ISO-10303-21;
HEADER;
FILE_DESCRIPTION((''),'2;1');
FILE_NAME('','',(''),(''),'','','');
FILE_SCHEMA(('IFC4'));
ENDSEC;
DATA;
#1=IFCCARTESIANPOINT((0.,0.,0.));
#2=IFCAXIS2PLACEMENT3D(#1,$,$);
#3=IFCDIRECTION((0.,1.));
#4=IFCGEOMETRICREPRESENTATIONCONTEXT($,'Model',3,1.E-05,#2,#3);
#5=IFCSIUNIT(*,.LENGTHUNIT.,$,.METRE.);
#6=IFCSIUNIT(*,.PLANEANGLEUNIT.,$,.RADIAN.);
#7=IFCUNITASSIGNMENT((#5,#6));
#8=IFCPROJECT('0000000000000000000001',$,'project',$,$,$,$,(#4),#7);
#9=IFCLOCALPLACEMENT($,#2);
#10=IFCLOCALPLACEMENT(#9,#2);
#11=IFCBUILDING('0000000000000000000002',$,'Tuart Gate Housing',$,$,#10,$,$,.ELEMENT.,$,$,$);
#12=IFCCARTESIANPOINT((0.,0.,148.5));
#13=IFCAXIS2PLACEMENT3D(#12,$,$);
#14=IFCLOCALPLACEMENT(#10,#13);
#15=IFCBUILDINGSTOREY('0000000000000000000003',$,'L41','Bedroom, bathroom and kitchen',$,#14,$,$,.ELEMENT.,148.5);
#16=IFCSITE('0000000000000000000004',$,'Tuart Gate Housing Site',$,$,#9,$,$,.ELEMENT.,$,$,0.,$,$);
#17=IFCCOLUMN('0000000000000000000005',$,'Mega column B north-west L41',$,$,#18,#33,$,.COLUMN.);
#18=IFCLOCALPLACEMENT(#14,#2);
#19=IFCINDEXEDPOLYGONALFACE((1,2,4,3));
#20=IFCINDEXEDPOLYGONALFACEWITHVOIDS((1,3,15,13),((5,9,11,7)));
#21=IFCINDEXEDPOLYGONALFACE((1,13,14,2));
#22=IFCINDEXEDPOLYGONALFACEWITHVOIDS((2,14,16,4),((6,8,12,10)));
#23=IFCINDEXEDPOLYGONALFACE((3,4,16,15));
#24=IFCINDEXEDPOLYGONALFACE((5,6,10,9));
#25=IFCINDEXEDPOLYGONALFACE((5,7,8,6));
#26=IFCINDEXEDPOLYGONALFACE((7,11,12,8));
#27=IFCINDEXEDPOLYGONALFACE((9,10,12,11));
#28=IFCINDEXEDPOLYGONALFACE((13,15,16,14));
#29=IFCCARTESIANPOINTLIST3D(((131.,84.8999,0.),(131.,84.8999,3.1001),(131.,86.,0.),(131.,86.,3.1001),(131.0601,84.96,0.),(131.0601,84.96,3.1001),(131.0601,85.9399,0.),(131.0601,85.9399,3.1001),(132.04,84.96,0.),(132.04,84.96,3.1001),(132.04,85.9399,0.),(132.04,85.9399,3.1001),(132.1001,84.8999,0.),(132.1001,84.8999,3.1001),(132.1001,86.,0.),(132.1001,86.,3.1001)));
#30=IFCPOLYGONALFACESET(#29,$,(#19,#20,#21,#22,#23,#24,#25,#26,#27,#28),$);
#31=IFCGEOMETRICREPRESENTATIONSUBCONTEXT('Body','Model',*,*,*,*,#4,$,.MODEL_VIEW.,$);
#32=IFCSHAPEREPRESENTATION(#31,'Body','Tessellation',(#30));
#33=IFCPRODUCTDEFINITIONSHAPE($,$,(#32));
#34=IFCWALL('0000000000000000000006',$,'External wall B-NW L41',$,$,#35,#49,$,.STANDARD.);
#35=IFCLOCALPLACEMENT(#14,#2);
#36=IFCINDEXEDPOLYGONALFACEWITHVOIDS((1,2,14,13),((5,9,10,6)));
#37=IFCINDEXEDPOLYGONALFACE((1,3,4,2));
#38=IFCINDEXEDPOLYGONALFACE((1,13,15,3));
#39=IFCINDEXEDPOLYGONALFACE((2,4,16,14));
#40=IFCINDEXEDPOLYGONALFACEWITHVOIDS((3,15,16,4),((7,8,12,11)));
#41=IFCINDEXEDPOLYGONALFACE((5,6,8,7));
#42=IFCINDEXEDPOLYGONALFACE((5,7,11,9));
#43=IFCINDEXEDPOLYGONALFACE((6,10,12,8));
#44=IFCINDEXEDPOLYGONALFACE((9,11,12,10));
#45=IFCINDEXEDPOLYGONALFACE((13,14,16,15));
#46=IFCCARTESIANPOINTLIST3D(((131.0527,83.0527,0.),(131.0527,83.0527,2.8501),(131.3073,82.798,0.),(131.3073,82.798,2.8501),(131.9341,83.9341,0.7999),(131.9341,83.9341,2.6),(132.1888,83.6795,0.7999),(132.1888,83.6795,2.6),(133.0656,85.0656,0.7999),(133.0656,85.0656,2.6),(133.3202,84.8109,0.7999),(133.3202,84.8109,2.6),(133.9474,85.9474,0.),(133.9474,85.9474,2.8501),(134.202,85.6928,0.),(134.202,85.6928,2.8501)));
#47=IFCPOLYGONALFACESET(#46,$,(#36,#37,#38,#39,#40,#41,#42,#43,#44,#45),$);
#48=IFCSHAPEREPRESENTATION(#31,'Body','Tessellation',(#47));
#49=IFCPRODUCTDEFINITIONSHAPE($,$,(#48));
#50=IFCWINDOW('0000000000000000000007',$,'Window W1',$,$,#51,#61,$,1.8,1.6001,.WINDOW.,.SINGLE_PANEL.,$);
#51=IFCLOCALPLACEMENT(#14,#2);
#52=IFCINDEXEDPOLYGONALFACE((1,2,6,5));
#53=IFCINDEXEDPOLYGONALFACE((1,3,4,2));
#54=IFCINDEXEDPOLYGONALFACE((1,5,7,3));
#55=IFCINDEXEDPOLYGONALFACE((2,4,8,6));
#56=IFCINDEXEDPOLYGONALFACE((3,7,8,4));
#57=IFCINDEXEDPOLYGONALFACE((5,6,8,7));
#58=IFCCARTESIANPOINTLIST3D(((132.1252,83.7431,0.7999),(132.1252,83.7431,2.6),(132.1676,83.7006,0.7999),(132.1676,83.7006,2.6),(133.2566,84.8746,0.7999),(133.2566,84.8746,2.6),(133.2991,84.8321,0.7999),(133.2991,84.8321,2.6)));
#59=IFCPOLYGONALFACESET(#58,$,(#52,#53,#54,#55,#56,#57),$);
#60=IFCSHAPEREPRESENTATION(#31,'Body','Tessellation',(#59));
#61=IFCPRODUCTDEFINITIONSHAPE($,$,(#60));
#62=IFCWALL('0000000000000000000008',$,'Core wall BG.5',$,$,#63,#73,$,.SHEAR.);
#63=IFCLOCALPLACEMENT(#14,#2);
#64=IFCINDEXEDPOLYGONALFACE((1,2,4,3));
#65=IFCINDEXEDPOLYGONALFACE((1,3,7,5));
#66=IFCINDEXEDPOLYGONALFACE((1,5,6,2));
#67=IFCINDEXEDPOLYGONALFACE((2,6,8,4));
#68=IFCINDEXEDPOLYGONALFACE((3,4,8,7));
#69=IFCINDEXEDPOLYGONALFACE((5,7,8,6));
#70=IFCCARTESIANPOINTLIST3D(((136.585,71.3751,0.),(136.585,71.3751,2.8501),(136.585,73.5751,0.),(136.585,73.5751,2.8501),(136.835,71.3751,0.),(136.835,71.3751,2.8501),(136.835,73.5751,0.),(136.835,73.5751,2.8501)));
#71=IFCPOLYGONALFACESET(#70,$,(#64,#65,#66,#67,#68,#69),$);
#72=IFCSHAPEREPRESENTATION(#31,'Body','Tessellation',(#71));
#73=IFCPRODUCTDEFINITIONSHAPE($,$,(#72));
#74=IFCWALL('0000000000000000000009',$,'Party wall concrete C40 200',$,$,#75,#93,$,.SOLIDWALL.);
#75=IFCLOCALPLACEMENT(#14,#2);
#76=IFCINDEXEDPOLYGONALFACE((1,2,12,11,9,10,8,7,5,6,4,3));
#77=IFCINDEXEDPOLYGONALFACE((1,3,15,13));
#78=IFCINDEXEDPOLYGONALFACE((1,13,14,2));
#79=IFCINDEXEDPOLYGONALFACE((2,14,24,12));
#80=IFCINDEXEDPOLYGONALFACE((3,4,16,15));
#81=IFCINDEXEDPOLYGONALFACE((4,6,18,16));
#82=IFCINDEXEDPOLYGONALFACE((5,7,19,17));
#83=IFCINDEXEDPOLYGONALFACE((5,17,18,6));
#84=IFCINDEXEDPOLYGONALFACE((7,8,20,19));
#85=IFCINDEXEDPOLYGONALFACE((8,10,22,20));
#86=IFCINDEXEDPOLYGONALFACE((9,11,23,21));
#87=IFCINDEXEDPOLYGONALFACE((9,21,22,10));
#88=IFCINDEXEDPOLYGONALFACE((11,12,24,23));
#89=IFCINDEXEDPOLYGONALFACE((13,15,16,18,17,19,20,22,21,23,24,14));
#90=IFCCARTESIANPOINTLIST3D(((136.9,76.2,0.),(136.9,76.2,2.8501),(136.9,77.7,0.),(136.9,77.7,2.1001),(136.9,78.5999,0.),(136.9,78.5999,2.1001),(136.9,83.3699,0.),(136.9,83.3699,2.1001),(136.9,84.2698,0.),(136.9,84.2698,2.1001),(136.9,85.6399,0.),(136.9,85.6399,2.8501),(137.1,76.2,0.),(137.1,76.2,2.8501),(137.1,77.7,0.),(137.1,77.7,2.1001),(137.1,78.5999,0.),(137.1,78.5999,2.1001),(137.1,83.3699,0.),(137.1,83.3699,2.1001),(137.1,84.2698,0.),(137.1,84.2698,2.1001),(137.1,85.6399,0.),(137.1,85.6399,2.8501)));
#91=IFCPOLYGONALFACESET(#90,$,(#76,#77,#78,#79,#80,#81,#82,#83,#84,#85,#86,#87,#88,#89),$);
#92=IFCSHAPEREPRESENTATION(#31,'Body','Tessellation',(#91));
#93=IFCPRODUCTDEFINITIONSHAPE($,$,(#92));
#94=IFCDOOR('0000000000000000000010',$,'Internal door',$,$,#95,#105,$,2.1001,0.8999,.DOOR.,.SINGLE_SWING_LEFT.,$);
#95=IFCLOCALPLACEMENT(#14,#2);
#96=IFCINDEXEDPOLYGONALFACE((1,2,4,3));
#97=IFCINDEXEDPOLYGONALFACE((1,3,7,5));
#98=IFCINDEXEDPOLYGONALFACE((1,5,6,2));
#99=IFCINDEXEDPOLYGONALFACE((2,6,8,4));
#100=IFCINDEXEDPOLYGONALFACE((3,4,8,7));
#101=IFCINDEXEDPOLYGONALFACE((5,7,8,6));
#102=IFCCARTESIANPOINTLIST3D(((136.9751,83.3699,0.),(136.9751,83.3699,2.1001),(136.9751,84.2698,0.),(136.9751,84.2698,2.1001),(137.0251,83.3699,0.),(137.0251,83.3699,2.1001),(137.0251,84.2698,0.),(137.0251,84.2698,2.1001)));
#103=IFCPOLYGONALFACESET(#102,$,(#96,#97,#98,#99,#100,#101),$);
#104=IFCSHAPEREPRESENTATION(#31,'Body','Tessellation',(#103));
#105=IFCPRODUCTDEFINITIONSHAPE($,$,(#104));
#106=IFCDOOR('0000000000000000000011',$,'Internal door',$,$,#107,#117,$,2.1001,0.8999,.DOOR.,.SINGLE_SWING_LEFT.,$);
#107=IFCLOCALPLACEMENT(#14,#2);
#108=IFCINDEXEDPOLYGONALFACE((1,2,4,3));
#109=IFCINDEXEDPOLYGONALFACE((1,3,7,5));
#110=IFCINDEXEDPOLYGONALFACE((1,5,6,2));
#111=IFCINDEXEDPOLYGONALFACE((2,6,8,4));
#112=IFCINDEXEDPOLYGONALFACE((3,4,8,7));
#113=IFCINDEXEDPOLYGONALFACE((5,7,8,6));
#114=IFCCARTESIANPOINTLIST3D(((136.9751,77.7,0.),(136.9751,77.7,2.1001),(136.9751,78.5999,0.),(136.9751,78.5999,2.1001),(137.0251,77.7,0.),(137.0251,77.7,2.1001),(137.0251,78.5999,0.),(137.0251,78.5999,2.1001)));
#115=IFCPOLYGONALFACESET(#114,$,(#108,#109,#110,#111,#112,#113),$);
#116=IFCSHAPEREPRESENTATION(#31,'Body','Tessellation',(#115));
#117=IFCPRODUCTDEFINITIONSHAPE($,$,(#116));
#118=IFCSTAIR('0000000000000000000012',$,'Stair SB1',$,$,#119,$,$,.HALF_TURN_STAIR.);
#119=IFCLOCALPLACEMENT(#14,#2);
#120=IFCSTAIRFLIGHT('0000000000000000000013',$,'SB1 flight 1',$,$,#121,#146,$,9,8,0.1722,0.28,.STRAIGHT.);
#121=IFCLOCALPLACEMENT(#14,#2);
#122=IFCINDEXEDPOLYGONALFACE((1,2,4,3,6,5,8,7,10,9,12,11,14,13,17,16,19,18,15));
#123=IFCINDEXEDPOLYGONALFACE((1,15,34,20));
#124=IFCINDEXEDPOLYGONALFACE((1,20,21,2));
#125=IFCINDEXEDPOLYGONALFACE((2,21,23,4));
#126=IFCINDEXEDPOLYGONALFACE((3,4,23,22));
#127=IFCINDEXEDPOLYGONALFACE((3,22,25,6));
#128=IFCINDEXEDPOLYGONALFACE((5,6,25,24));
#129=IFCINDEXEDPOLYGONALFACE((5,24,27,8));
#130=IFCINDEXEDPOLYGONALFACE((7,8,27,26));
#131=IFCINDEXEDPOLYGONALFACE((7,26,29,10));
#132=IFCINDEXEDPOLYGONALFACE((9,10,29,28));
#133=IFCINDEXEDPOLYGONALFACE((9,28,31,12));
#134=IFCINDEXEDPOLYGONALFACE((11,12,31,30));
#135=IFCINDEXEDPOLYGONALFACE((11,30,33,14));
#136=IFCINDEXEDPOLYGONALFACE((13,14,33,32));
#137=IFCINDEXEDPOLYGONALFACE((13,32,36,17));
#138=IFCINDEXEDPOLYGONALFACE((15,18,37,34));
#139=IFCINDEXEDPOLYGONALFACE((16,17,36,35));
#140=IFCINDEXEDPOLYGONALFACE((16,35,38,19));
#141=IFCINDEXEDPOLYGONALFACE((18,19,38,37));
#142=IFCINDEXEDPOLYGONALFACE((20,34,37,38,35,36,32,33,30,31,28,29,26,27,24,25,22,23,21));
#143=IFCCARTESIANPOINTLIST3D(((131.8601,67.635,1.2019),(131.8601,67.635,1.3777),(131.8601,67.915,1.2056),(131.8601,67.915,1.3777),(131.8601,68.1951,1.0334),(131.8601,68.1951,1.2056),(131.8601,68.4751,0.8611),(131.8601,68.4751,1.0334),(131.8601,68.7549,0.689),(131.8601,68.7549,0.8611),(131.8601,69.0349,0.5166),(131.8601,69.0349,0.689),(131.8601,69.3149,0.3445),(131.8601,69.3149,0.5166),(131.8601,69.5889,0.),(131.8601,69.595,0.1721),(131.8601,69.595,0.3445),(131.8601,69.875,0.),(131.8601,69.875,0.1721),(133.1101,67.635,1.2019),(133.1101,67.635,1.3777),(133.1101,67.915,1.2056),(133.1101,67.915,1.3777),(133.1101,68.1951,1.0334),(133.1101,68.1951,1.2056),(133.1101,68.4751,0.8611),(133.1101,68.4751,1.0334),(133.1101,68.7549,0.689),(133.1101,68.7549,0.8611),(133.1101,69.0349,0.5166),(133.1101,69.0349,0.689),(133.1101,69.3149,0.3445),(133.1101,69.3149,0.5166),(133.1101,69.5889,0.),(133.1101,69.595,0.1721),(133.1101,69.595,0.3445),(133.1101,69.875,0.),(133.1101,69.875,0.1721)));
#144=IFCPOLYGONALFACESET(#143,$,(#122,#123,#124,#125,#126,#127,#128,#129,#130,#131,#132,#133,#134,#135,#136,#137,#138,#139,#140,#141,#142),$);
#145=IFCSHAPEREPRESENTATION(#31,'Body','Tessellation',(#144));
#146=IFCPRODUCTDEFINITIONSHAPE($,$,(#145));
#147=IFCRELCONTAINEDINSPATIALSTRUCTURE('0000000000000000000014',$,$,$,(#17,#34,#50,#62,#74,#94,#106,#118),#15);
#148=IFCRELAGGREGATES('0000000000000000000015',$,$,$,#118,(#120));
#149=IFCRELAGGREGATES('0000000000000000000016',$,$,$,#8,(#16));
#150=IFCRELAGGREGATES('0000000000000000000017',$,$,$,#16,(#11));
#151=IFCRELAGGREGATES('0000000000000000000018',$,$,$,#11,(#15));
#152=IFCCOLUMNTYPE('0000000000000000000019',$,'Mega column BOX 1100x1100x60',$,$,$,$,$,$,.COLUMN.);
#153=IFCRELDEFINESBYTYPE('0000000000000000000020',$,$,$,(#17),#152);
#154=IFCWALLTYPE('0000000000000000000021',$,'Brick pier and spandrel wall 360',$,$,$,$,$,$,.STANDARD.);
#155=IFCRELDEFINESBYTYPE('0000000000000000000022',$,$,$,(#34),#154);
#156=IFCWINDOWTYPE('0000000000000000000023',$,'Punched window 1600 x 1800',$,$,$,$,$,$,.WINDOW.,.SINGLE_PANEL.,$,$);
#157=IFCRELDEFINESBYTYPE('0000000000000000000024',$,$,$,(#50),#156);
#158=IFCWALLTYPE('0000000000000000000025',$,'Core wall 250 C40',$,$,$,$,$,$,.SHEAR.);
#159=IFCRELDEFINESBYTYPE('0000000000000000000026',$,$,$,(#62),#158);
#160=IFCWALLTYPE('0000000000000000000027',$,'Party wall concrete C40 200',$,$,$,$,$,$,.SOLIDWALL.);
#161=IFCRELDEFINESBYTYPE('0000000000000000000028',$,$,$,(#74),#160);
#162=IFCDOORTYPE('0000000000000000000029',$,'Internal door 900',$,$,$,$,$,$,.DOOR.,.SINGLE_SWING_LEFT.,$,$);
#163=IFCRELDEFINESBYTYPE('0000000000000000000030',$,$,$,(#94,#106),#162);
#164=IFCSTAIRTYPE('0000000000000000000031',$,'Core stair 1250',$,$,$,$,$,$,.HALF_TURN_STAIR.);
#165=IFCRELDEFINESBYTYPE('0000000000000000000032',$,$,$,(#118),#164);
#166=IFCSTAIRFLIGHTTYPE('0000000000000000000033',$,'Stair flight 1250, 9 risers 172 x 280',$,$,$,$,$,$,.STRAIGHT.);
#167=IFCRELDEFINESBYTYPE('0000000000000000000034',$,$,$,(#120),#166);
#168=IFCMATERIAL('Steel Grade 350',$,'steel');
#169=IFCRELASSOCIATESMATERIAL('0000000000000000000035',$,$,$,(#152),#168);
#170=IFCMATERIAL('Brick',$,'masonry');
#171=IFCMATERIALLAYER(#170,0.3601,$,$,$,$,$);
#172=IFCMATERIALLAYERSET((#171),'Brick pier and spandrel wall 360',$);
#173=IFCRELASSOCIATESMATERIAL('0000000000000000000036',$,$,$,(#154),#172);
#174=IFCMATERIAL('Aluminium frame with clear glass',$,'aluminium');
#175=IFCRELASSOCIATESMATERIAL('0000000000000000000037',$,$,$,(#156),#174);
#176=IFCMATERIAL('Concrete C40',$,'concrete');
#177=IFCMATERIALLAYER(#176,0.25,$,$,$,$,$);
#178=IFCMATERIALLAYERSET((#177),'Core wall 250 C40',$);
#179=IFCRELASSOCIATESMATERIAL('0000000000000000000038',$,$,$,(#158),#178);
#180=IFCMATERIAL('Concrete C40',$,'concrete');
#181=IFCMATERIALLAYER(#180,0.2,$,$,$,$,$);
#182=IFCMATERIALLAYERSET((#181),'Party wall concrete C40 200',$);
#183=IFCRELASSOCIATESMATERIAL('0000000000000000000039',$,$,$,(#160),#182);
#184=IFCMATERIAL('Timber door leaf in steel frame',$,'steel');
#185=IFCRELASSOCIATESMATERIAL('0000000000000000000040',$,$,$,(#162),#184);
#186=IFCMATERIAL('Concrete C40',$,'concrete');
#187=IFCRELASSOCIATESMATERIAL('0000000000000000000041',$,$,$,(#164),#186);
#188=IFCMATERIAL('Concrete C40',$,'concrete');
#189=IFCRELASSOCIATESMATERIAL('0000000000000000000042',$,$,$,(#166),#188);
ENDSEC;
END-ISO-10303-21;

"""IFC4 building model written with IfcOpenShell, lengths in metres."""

from ifc_helpers import new_model, si_unit, direction, frame, frame_2d, origin, origin_2d, place, context, subcontext, project, spatial, polyline, rectangle, hollow_rectangle, outline, extrude, material, layer, layer_set, material_profile, profile_set, type_object, element, fill, aggregate, save


model = new_model("IFC4")

# Units and contexts
model_context = context("Model", 3, precision=1e-05, world=origin(), true_north=direction((0.0, 1.0)))
body_context = subcontext(model_context, "Body", "Model", "MODEL_VIEW")
ifc_project = project(units=[si_unit("LENGTHUNIT", "METRE"), si_unit("PLANEANGLEUNIT", "RADIAN")], contexts=[model_context])

# Site, building, storey
site_placement = place(None, origin())
site = spatial("IfcSite", under=ifc_project, at=site_placement, Name="Tuart Gate Housing Site", CompositionType="ELEMENT", RefElevation=0.0)
building_placement = place(site_placement, origin())
building = spatial("IfcBuilding", under=site, at=building_placement, Name="Tuart Gate Housing", CompositionType="ELEMENT")
storey_placement = place(building_placement, frame((0.0, 0.0, 148.5)))
storey = spatial("IfcBuildingStorey", under=building, at=storey_placement, Name="L41", Description="Bedroom, bathroom and kitchen", CompositionType="ELEMENT", Elevation=148.5)

# Column
ifc_material_1 = material(Name="Steel Grade 350", Category="steel")
ifc_material_profile = material_profile(ifc_material_1, hollow_rectangle(XDim=1.1001, YDim=1.1001, WallThickness=0.0601, at=origin_2d()), Name="BOX 1100x1100x60")
ifc_profile_set = profile_set([ifc_material_profile], Name="Steel Grade 350")
column_type = type_object("IfcColumnType", Name="Mega column BOX 1100x1100x60", PredefinedType="COLUMN", material=ifc_profile_set)
column_placement = place(storey_placement, frame((131.55, 85.45, 0.0), z_axis=(0.0, 0.0, 1.0), x_axis=(1.0, 0.0, 0.0)))
element("IfcColumn", 1, at=column_placement, inside=storey, type_object=column_type, Name="Mega column B north-west L41", PredefinedType="COLUMN", context=body_context, shape_type="SweptSolid", body=[
    extrude(hollow_rectangle(XDim=1.1001, YDim=1.1001, WallThickness=0.0601, at=origin_2d()), origin(), (0.0, 0.0, 1.0), 3.1001),
])

# Wall, opening, window
ifc_material_2 = material(Name="Brick", Category="masonry")
ifc_layer_1 = layer(ifc_material_2, 0.3601)
ifc_layer_set_1 = layer_set([ifc_layer_1], Name="Brick pier and spandrel wall 360")
wall_type_1 = type_object("IfcWallType", Name="Brick pier and spandrel wall 360", PredefinedType="STANDARD", material=ifc_layer_set_1)
wall_1_placement = place(storey_placement, frame((134.0747, 85.8201, 0.0), z_axis=(0.0, 0.0, 1.0), x_axis=(-0.707107, -0.707107, 0.0)))
wall_1 = element("IfcWall", 2, at=wall_1_placement, inside=storey, type_object=wall_type_1, Name="External wall B-NW L41", PredefinedType="STANDARD", context=body_context, shape_type="SweptSolid", body=[
    extrude(rectangle(XDim=4.0938, YDim=0.3601, at=frame_2d((2.0469, 0.0))), origin(), (0.0, 0.0, 1.0), 2.8501),
])
opening_1_placement = place(wall_1_placement, frame((1.2471, 0.0, 0.8)))
opening_1 = element("IfcOpeningElement", 3, at=opening_1_placement, cuts=wall_1, PredefinedType="OPENING", context=body_context, shape_type="SweptSolid", body=[
    extrude(rectangle(XDim=1.6001, YDim=1.8, at=frame_2d((0.8, 0.8999))), frame((0.0, 0.1899, 0.0), z_axis=(0.0, -1.0, 0.0), x_axis=(1.0, 0.0, 0.0)), (0.0, 0.0, 1.0), 0.3801),
])
ifc_material_3 = material(Name="Aluminium frame with clear glass", Category="aluminium")
window_type = type_object("IfcWindowType", Name="Punched window 1600 x 1800", PartitioningType="SINGLE_PANEL", PredefinedType="WINDOW", material=ifc_material_3)
window_placement = place(opening_1_placement, origin())
window = element("IfcWindow", 4, at=window_placement, inside=storey, type_object=window_type, Name="Window W1", OverallHeight=1.8, OverallWidth=1.6001, PartitioningType="SINGLE_PANEL", PredefinedType="WINDOW", context=body_context, shape_type="SweptSolid", body=[
    extrude(rectangle(XDim=1.6001, YDim=1.8, at=frame_2d((0.8, 0.8999))), frame((0.0, 0.1501, 0.0), z_axis=(0.0, -1.0, 0.0), x_axis=(1.0, 0.0, 0.0)), (0.0, 0.0, 1.0), 0.0601),
])
fill(opening_1, window)

# Wall
ifc_material_4 = material(Name="Concrete C40", Category="concrete")
ifc_layer_2 = layer(ifc_material_4, 0.25)
ifc_layer_set_2 = layer_set([ifc_layer_2], Name="Core wall 250 C40")
wall_type_2 = type_object("IfcWallType", Name="Core wall 250 C40", PredefinedType="SHEAR", material=ifc_layer_set_2)
wall_2_placement = place(storey_placement, frame((136.71, 71.375, 0.0), z_axis=(0.0, 0.0, 1.0), x_axis=(0.0, 1.0, 0.0)))
element("IfcWall", 5, at=wall_2_placement, inside=storey, type_object=wall_type_2, Name="Core wall BG.5", PredefinedType="SHEAR", context=body_context, shape_type="SweptSolid", body=[
    extrude(rectangle(XDim=2.2, YDim=0.25, at=frame_2d((1.1001, 0.0))), origin(), (0.0, 0.0, 1.0), 2.8501),
])

# Wall, openings, doors
ifc_material_5 = material(Name="Concrete C40", Category="concrete")
ifc_layer_3 = layer(ifc_material_5, 0.2)
ifc_layer_set_3 = layer_set([ifc_layer_3], Name="Party wall concrete C40 200")
wall_type_3 = type_object("IfcWallType", Name="Party wall concrete C40 200", PredefinedType="SOLIDWALL", material=ifc_layer_set_3)
wall_3_placement = place(storey_placement, frame((137.0, 76.2, 0.0), z_axis=(0.0, 0.0, 1.0), x_axis=(0.0, 1.0, 0.0)))
wall_3 = element("IfcWall", 6, at=wall_3_placement, inside=storey, type_object=wall_type_3, Name="Party wall concrete C40 200", PredefinedType="SOLIDWALL", context=body_context, shape_type="SweptSolid", body=[
    extrude(rectangle(XDim=9.4399, YDim=0.2, at=frame_2d((4.72, 0.0))), origin(), (0.0, 0.0, 1.0), 2.8501),
])
opening_2_placement = place(wall_3_placement, frame((7.1699, 0.0, 0.0)))
opening_2 = element("IfcOpeningElement", 7, at=opening_2_placement, cuts=wall_3, PredefinedType="OPENING", context=body_context, shape_type="SweptSolid", body=[
    extrude(rectangle(XDim=0.8999, YDim=2.1001, at=frame_2d((0.45, 1.05))), frame((0.0, 0.1099, 0.0), z_axis=(0.0, -1.0, 0.0), x_axis=(1.0, 0.0, 0.0)), (0.0, 0.0, 1.0), 0.22),
])
opening_3_placement = place(wall_3_placement, frame((1.5, 0.0, 0.0)))
opening_3 = element("IfcOpeningElement", 8, at=opening_3_placement, cuts=wall_3, PredefinedType="OPENING", context=body_context, shape_type="SweptSolid", body=[
    extrude(rectangle(XDim=0.8999, YDim=2.1001, at=frame_2d((0.45, 1.05))), frame((0.0, 0.1099, 0.0), z_axis=(0.0, -1.0, 0.0), x_axis=(1.0, 0.0, 0.0)), (0.0, 0.0, 1.0), 0.22),
])
ifc_material_6 = material(Name="Timber door leaf in steel frame", Category="steel")
door_type = type_object("IfcDoorType", Name="Internal door 900", OperationType="SINGLE_SWING_LEFT", PredefinedType="DOOR", material=ifc_material_6)
door_1_placement = place(opening_2_placement, origin())
door_1 = element("IfcDoor", 9, at=door_1_placement, inside=storey, type_object=door_type, Name="Internal door", OperationType="SINGLE_SWING_LEFT", OverallHeight=2.1001, OverallWidth=0.8999, PredefinedType="DOOR", context=body_context, shape_type="SweptSolid", body=[
    extrude(rectangle(XDim=0.8999, YDim=2.1001, at=frame_2d((0.45, 1.05))), frame((0.0, 0.0249, 0.0), z_axis=(0.0, -1.0, 0.0), x_axis=(1.0, 0.0, 0.0)), (0.0, 0.0, 1.0), 0.05),
])
fill(opening_2, door_1)
door_2_placement = place(opening_3_placement, origin())
door_2 = element("IfcDoor", 10, at=door_2_placement, inside=storey, type_object=door_type, Name="Internal door", OperationType="SINGLE_SWING_LEFT", OverallHeight=2.1001, OverallWidth=0.8999, PredefinedType="DOOR", context=body_context, shape_type="SweptSolid", body=[
    extrude(rectangle(XDim=0.8999, YDim=2.1001, at=frame_2d((0.45, 1.05))), frame((0.0, 0.0249, 0.0), z_axis=(0.0, -1.0, 0.0), x_axis=(1.0, 0.0, 0.0)), (0.0, 0.0, 1.0), 0.05),
])
fill(opening_3, door_2)

# Stair, stair flight
ifc_material_7 = material(Name="Concrete C40", Category="concrete")
stair_type = type_object("IfcStairType", Name="Core stair 1250", PredefinedType="HALF_TURN_STAIR", material=ifc_material_7)
stair_placement = place(storey_placement, origin())
stair = element("IfcStair", 11, at=stair_placement, inside=storey, type_object=stair_type, Name="Stair SB1", PredefinedType="HALF_TURN_STAIR")
ifc_material_8 = material(Name="Concrete C40", Category="concrete")
stair_flight_type = type_object("IfcStairFlightType", Name="Stair flight 1250, 9 risers 172 x 280", PredefinedType="STRAIGHT", material=ifc_material_8)
stair_flight_1_placement = place(storey_placement, frame((132.4851, 69.875, 0.0), z_axis=(0.0, 0.0, 1.0), x_axis=(0.0, -1.0, 0.0)))
stair_flight_1 = element("IfcStairFlight", 12, at=stair_flight_1_placement, type_object=stair_flight_type, Name="SB1 flight 1", NumberOfRisers=9, NumberOfTreads=8, PredefinedType="STRAIGHT", RiserHeight=0.1722, TreadLength=0.28, context=body_context, shape_type="SweptSolid", body=[
    extrude(outline(polyline([(0.0, 0.0), (0.0, 0.1721), (0.28, 0.1721), (0.28, 0.3445), (0.5601, 0.3445), (0.5601, 0.5166), (0.8401, 0.5166), (0.8401, 0.689), (1.1201, 0.689), (1.1201, 0.8611), (1.3999, 0.8611), (1.3999, 1.0334), (1.6799, 1.0334), (1.6799, 1.2056), (1.96, 1.2056), (1.96, 1.3777), (2.24, 1.3777), (2.24, 1.55), (2.24, 1.2019), (0.2861, 0.0), (0.0, 0.0)])), frame((0.0, 0.625, 0.0), z_axis=(0.0, -1.0, 0.0), x_axis=(1.0, 0.0, 0.0)), (0.0, 0.0, 1.0), 1.25),
])
aggregate(stair, [stair_flight_1])

save(model, "model.ifc")
